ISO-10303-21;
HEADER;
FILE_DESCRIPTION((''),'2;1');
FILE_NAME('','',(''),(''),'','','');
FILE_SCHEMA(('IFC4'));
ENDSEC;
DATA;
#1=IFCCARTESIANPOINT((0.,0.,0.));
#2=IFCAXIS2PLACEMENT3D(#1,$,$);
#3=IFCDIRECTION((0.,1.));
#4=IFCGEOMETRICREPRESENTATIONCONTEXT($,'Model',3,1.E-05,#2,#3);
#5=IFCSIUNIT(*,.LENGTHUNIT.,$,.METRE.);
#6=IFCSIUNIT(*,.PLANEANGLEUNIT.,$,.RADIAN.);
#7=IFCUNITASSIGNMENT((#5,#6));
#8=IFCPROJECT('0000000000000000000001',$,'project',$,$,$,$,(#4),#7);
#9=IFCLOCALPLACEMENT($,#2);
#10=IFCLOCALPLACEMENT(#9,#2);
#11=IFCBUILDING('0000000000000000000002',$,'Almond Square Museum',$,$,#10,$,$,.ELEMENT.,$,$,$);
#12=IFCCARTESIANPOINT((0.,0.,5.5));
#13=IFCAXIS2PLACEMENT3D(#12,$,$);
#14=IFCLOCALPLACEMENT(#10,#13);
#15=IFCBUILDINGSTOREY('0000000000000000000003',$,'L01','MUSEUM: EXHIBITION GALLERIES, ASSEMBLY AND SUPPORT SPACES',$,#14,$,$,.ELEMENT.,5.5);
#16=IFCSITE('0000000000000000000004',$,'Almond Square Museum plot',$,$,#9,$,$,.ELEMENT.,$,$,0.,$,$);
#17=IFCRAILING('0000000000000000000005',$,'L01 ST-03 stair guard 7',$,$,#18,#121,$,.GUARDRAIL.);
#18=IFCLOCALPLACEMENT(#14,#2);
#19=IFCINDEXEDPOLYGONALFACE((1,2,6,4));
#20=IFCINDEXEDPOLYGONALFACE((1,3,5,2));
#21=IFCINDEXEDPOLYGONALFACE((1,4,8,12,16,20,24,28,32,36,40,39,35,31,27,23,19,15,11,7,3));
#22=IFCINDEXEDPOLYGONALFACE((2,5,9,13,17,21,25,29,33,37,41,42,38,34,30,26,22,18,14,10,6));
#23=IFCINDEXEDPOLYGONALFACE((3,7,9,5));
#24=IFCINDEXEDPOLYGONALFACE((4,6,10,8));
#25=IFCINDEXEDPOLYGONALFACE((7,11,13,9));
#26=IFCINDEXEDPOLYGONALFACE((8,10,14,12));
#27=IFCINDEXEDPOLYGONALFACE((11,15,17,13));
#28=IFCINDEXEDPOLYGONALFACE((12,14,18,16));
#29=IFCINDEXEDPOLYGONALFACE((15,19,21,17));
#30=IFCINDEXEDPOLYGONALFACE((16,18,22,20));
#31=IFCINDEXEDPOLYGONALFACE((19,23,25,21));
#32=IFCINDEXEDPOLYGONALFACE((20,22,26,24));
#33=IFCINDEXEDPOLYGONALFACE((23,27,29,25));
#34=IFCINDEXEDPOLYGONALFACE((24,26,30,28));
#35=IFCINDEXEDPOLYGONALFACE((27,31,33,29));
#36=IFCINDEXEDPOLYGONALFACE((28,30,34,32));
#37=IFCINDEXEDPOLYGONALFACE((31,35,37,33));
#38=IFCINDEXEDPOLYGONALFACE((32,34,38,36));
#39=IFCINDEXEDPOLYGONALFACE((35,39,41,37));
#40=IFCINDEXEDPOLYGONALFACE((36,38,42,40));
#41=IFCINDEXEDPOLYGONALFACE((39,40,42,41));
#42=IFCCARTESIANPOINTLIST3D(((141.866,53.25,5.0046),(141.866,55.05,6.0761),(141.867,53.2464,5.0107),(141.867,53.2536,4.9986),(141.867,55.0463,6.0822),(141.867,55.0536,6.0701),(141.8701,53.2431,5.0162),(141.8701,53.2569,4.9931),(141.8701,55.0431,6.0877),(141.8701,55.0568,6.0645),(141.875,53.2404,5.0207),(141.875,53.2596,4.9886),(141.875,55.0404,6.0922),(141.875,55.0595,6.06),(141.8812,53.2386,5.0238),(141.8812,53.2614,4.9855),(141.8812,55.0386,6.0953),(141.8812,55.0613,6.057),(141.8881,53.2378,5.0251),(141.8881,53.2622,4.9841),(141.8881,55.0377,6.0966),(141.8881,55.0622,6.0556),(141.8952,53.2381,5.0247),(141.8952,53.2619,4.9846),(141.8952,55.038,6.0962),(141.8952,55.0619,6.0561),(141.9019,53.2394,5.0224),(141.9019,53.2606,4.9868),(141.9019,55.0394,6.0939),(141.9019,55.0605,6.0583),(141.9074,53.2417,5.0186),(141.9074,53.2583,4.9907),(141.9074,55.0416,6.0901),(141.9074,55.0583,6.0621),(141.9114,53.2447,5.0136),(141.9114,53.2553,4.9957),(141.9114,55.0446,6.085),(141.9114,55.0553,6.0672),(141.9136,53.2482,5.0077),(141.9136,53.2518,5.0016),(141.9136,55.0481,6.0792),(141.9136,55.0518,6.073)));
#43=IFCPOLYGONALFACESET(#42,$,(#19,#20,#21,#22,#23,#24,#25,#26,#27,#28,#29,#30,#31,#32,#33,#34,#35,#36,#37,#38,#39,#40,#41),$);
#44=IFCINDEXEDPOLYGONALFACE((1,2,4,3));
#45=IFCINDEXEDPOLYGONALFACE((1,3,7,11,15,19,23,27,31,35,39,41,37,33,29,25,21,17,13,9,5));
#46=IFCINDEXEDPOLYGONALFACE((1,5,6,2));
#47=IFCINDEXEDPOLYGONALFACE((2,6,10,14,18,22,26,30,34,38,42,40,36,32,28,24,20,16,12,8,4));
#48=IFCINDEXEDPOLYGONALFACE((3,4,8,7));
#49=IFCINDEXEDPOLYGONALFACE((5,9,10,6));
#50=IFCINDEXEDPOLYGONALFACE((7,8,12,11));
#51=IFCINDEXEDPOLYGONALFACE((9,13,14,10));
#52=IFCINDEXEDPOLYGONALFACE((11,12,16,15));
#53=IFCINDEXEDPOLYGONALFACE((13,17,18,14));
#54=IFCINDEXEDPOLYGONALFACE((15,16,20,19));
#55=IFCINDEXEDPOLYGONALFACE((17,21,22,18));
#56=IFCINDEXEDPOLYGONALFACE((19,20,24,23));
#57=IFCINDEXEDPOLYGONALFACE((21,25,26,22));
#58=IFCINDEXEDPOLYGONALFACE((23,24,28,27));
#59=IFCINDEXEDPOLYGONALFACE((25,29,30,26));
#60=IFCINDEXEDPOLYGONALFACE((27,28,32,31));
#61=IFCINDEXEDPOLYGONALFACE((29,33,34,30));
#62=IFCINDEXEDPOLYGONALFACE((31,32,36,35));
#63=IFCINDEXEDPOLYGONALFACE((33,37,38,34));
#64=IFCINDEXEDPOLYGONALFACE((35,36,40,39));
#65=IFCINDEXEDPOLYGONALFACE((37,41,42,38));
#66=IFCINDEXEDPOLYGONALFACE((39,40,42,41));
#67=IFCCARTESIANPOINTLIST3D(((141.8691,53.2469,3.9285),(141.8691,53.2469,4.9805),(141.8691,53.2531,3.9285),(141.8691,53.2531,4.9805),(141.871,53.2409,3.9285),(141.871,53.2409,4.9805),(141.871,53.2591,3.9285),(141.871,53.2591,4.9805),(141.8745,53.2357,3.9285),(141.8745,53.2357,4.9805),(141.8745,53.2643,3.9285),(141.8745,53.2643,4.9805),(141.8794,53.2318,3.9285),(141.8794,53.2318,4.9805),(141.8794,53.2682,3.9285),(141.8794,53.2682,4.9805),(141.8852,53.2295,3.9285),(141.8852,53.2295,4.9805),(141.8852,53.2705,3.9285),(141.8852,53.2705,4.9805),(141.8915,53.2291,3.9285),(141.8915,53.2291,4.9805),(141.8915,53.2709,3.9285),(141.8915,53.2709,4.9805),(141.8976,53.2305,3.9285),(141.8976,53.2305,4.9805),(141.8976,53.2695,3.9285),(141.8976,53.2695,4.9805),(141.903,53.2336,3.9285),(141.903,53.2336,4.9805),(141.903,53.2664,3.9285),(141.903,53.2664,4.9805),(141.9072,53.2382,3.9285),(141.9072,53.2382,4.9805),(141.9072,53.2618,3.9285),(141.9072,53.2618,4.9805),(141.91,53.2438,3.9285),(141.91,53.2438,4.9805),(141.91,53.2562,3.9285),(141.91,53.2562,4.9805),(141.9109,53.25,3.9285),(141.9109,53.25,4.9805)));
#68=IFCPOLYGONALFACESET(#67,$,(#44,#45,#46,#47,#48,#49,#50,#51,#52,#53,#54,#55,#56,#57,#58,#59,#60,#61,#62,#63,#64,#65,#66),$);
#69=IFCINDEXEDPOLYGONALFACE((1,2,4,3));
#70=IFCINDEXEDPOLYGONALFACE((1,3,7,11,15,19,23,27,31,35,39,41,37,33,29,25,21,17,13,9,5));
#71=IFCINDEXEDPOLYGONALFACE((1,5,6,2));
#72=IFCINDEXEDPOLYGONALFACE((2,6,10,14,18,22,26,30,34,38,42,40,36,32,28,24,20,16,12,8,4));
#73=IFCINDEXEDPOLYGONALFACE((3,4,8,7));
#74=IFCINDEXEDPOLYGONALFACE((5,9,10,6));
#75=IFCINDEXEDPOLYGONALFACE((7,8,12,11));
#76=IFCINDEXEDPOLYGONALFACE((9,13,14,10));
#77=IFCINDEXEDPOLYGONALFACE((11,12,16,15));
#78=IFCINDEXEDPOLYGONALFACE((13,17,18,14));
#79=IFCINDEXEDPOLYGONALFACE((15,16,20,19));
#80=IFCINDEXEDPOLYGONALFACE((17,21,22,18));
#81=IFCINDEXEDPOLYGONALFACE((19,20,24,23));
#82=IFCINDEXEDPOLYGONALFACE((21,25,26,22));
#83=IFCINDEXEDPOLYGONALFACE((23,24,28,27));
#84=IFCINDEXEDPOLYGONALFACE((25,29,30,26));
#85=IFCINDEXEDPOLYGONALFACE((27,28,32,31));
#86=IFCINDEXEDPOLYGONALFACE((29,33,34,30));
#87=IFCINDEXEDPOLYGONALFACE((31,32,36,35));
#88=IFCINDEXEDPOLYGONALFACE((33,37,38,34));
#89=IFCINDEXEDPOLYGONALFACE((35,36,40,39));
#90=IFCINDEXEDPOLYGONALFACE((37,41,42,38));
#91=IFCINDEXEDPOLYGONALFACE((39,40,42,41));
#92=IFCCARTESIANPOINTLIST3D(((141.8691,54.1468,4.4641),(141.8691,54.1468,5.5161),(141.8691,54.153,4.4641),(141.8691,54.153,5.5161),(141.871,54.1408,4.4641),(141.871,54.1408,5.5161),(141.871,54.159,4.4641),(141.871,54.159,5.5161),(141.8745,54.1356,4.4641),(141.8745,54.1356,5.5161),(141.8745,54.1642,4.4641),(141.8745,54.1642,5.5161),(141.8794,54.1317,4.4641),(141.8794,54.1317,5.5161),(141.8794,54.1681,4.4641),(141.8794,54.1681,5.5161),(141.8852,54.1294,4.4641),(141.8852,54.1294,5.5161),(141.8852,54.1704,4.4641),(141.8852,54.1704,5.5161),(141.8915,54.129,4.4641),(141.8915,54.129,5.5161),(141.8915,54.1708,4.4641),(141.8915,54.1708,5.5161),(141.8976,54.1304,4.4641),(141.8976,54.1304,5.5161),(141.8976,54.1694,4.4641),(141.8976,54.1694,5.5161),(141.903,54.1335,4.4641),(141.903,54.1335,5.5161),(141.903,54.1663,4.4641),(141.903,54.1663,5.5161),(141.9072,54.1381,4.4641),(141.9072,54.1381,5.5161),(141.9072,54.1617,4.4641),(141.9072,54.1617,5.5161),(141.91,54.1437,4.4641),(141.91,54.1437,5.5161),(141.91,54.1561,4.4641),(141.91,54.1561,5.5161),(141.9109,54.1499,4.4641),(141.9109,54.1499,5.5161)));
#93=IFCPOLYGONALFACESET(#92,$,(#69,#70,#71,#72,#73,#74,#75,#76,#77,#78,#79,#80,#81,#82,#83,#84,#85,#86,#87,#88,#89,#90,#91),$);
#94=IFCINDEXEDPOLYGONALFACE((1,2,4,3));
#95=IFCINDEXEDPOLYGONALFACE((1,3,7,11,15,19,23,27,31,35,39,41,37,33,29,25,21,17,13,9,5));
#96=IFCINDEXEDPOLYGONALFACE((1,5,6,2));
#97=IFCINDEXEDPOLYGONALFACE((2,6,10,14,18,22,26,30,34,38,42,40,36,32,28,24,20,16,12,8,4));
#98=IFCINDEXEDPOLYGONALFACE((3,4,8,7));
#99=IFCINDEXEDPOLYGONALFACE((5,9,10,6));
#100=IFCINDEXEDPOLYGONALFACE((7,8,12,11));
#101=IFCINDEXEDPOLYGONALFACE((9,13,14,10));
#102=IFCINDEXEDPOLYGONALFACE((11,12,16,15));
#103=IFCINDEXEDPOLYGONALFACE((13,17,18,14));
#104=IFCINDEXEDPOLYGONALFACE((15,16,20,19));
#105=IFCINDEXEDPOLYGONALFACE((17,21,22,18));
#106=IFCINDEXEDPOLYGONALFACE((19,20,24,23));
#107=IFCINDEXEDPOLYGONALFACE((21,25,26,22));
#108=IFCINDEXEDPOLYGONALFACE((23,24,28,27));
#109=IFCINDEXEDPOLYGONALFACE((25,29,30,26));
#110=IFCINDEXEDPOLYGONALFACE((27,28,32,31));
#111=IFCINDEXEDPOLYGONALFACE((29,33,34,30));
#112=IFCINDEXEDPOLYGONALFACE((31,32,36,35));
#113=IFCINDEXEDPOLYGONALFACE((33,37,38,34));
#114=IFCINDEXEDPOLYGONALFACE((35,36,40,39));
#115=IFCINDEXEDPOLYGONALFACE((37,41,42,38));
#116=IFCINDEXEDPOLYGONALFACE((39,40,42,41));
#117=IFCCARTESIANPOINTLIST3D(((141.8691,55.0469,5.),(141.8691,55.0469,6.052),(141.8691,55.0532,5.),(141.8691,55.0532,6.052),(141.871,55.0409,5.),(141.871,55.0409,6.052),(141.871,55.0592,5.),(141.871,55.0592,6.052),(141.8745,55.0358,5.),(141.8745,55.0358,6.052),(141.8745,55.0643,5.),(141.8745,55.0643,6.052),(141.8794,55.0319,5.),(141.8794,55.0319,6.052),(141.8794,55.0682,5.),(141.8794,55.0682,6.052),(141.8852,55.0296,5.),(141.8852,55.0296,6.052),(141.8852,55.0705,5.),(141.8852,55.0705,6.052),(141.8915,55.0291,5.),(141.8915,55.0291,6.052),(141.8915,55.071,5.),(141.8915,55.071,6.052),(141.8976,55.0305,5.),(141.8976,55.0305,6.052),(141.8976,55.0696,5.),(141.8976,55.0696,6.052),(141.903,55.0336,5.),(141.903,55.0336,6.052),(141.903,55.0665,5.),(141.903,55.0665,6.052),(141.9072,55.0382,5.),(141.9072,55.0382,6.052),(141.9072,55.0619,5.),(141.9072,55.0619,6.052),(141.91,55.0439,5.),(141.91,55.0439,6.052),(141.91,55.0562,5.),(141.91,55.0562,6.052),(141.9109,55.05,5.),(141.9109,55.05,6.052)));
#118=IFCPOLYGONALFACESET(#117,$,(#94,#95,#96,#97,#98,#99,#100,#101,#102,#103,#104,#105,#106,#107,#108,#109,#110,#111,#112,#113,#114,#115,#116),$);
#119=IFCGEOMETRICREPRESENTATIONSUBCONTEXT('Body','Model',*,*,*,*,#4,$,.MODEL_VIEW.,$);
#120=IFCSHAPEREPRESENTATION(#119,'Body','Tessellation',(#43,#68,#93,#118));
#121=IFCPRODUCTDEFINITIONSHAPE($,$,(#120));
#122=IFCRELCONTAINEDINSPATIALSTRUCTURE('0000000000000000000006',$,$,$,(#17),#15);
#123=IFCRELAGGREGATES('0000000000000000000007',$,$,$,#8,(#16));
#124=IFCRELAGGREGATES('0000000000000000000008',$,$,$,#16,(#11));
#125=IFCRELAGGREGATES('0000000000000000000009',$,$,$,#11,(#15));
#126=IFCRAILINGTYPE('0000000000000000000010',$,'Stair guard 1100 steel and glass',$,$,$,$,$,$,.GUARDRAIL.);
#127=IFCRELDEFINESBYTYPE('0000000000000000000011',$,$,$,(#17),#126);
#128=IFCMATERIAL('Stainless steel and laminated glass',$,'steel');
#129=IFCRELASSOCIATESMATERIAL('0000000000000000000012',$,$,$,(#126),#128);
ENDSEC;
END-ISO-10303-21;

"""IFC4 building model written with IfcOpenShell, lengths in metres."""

from ifc_helpers import new_model, si_unit, direction, frame, origin, origin_2d, place, context, subcontext, project, spatial, circle, extrude, material, type_object, element, save


model = new_model("IFC4")

# Units and contexts
model_context = context("Model", 3, precision=1e-05, world=origin(), true_north=direction((0.0, 1.0)))
body_context = subcontext(model_context, "Body", "Model", "MODEL_VIEW")
ifc_project = project(units=[si_unit("LENGTHUNIT", "METRE"), si_unit("PLANEANGLEUNIT", "RADIAN")], contexts=[model_context])

# Site, building, storey
site_placement = place(None, origin())
site = spatial("IfcSite", under=ifc_project, at=site_placement, Name="Almond Square Museum plot", CompositionType="ELEMENT", RefElevation=0.0)
building_placement = place(site_placement, origin())
building = spatial("IfcBuilding", under=site, at=building_placement, Name="Almond Square Museum", CompositionType="ELEMENT")
storey_placement = place(building_placement, frame((0.0, 0.0, 5.5)))
storey = spatial("IfcBuildingStorey", under=building, at=storey_placement, Name="L01", Description="MUSEUM: EXHIBITION GALLERIES, ASSEMBLY AND SUPPORT SPACES", CompositionType="ELEMENT", Elevation=5.5)

# Railing
ifc_material_1 = material(Name="Stainless steel and laminated glass", Category="steel")
railing_type_1 = type_object("IfcRailingType", Name="Stair guard 1100 steel and glass", PredefinedType="GUARDRAIL", material=ifc_material_1)
railing_1_placement = place(storey_placement, frame((141.8899, 53.25, 3.9285)))
element("IfcRailing", 1, at=railing_1_placement, inside=storey, type_object=railing_type_1, Name="L01 ST-03 stair guard 7", PredefinedType="GUARDRAIL", context=body_context, shape_type="SweptSolid", body=[
    extrude(circle(Radius=0.0239, at=origin_2d()), frame((0.0, 0.0, 1.0762), z_axis=(0.0, 0.859277, 0.51151), x_axis=(-1.0, 0.0, 0.0)), (0.0, 0.0, 1.0), 2.0947),
    extrude(circle(Radius=0.021, at=origin_2d()), origin(), (0.0, 0.0, 1.0), 1.052),
    extrude(circle(Radius=0.021, at=origin_2d()), frame((0.0, 0.8999, 0.5356)), (0.0, 0.0, 1.0), 1.052),
    extrude(circle(Radius=0.021, at=origin_2d()), frame((0.0, 1.8, 1.0715)), (0.0, 0.0, 1.0), 1.052),
])

save(model, "model.ifc")
